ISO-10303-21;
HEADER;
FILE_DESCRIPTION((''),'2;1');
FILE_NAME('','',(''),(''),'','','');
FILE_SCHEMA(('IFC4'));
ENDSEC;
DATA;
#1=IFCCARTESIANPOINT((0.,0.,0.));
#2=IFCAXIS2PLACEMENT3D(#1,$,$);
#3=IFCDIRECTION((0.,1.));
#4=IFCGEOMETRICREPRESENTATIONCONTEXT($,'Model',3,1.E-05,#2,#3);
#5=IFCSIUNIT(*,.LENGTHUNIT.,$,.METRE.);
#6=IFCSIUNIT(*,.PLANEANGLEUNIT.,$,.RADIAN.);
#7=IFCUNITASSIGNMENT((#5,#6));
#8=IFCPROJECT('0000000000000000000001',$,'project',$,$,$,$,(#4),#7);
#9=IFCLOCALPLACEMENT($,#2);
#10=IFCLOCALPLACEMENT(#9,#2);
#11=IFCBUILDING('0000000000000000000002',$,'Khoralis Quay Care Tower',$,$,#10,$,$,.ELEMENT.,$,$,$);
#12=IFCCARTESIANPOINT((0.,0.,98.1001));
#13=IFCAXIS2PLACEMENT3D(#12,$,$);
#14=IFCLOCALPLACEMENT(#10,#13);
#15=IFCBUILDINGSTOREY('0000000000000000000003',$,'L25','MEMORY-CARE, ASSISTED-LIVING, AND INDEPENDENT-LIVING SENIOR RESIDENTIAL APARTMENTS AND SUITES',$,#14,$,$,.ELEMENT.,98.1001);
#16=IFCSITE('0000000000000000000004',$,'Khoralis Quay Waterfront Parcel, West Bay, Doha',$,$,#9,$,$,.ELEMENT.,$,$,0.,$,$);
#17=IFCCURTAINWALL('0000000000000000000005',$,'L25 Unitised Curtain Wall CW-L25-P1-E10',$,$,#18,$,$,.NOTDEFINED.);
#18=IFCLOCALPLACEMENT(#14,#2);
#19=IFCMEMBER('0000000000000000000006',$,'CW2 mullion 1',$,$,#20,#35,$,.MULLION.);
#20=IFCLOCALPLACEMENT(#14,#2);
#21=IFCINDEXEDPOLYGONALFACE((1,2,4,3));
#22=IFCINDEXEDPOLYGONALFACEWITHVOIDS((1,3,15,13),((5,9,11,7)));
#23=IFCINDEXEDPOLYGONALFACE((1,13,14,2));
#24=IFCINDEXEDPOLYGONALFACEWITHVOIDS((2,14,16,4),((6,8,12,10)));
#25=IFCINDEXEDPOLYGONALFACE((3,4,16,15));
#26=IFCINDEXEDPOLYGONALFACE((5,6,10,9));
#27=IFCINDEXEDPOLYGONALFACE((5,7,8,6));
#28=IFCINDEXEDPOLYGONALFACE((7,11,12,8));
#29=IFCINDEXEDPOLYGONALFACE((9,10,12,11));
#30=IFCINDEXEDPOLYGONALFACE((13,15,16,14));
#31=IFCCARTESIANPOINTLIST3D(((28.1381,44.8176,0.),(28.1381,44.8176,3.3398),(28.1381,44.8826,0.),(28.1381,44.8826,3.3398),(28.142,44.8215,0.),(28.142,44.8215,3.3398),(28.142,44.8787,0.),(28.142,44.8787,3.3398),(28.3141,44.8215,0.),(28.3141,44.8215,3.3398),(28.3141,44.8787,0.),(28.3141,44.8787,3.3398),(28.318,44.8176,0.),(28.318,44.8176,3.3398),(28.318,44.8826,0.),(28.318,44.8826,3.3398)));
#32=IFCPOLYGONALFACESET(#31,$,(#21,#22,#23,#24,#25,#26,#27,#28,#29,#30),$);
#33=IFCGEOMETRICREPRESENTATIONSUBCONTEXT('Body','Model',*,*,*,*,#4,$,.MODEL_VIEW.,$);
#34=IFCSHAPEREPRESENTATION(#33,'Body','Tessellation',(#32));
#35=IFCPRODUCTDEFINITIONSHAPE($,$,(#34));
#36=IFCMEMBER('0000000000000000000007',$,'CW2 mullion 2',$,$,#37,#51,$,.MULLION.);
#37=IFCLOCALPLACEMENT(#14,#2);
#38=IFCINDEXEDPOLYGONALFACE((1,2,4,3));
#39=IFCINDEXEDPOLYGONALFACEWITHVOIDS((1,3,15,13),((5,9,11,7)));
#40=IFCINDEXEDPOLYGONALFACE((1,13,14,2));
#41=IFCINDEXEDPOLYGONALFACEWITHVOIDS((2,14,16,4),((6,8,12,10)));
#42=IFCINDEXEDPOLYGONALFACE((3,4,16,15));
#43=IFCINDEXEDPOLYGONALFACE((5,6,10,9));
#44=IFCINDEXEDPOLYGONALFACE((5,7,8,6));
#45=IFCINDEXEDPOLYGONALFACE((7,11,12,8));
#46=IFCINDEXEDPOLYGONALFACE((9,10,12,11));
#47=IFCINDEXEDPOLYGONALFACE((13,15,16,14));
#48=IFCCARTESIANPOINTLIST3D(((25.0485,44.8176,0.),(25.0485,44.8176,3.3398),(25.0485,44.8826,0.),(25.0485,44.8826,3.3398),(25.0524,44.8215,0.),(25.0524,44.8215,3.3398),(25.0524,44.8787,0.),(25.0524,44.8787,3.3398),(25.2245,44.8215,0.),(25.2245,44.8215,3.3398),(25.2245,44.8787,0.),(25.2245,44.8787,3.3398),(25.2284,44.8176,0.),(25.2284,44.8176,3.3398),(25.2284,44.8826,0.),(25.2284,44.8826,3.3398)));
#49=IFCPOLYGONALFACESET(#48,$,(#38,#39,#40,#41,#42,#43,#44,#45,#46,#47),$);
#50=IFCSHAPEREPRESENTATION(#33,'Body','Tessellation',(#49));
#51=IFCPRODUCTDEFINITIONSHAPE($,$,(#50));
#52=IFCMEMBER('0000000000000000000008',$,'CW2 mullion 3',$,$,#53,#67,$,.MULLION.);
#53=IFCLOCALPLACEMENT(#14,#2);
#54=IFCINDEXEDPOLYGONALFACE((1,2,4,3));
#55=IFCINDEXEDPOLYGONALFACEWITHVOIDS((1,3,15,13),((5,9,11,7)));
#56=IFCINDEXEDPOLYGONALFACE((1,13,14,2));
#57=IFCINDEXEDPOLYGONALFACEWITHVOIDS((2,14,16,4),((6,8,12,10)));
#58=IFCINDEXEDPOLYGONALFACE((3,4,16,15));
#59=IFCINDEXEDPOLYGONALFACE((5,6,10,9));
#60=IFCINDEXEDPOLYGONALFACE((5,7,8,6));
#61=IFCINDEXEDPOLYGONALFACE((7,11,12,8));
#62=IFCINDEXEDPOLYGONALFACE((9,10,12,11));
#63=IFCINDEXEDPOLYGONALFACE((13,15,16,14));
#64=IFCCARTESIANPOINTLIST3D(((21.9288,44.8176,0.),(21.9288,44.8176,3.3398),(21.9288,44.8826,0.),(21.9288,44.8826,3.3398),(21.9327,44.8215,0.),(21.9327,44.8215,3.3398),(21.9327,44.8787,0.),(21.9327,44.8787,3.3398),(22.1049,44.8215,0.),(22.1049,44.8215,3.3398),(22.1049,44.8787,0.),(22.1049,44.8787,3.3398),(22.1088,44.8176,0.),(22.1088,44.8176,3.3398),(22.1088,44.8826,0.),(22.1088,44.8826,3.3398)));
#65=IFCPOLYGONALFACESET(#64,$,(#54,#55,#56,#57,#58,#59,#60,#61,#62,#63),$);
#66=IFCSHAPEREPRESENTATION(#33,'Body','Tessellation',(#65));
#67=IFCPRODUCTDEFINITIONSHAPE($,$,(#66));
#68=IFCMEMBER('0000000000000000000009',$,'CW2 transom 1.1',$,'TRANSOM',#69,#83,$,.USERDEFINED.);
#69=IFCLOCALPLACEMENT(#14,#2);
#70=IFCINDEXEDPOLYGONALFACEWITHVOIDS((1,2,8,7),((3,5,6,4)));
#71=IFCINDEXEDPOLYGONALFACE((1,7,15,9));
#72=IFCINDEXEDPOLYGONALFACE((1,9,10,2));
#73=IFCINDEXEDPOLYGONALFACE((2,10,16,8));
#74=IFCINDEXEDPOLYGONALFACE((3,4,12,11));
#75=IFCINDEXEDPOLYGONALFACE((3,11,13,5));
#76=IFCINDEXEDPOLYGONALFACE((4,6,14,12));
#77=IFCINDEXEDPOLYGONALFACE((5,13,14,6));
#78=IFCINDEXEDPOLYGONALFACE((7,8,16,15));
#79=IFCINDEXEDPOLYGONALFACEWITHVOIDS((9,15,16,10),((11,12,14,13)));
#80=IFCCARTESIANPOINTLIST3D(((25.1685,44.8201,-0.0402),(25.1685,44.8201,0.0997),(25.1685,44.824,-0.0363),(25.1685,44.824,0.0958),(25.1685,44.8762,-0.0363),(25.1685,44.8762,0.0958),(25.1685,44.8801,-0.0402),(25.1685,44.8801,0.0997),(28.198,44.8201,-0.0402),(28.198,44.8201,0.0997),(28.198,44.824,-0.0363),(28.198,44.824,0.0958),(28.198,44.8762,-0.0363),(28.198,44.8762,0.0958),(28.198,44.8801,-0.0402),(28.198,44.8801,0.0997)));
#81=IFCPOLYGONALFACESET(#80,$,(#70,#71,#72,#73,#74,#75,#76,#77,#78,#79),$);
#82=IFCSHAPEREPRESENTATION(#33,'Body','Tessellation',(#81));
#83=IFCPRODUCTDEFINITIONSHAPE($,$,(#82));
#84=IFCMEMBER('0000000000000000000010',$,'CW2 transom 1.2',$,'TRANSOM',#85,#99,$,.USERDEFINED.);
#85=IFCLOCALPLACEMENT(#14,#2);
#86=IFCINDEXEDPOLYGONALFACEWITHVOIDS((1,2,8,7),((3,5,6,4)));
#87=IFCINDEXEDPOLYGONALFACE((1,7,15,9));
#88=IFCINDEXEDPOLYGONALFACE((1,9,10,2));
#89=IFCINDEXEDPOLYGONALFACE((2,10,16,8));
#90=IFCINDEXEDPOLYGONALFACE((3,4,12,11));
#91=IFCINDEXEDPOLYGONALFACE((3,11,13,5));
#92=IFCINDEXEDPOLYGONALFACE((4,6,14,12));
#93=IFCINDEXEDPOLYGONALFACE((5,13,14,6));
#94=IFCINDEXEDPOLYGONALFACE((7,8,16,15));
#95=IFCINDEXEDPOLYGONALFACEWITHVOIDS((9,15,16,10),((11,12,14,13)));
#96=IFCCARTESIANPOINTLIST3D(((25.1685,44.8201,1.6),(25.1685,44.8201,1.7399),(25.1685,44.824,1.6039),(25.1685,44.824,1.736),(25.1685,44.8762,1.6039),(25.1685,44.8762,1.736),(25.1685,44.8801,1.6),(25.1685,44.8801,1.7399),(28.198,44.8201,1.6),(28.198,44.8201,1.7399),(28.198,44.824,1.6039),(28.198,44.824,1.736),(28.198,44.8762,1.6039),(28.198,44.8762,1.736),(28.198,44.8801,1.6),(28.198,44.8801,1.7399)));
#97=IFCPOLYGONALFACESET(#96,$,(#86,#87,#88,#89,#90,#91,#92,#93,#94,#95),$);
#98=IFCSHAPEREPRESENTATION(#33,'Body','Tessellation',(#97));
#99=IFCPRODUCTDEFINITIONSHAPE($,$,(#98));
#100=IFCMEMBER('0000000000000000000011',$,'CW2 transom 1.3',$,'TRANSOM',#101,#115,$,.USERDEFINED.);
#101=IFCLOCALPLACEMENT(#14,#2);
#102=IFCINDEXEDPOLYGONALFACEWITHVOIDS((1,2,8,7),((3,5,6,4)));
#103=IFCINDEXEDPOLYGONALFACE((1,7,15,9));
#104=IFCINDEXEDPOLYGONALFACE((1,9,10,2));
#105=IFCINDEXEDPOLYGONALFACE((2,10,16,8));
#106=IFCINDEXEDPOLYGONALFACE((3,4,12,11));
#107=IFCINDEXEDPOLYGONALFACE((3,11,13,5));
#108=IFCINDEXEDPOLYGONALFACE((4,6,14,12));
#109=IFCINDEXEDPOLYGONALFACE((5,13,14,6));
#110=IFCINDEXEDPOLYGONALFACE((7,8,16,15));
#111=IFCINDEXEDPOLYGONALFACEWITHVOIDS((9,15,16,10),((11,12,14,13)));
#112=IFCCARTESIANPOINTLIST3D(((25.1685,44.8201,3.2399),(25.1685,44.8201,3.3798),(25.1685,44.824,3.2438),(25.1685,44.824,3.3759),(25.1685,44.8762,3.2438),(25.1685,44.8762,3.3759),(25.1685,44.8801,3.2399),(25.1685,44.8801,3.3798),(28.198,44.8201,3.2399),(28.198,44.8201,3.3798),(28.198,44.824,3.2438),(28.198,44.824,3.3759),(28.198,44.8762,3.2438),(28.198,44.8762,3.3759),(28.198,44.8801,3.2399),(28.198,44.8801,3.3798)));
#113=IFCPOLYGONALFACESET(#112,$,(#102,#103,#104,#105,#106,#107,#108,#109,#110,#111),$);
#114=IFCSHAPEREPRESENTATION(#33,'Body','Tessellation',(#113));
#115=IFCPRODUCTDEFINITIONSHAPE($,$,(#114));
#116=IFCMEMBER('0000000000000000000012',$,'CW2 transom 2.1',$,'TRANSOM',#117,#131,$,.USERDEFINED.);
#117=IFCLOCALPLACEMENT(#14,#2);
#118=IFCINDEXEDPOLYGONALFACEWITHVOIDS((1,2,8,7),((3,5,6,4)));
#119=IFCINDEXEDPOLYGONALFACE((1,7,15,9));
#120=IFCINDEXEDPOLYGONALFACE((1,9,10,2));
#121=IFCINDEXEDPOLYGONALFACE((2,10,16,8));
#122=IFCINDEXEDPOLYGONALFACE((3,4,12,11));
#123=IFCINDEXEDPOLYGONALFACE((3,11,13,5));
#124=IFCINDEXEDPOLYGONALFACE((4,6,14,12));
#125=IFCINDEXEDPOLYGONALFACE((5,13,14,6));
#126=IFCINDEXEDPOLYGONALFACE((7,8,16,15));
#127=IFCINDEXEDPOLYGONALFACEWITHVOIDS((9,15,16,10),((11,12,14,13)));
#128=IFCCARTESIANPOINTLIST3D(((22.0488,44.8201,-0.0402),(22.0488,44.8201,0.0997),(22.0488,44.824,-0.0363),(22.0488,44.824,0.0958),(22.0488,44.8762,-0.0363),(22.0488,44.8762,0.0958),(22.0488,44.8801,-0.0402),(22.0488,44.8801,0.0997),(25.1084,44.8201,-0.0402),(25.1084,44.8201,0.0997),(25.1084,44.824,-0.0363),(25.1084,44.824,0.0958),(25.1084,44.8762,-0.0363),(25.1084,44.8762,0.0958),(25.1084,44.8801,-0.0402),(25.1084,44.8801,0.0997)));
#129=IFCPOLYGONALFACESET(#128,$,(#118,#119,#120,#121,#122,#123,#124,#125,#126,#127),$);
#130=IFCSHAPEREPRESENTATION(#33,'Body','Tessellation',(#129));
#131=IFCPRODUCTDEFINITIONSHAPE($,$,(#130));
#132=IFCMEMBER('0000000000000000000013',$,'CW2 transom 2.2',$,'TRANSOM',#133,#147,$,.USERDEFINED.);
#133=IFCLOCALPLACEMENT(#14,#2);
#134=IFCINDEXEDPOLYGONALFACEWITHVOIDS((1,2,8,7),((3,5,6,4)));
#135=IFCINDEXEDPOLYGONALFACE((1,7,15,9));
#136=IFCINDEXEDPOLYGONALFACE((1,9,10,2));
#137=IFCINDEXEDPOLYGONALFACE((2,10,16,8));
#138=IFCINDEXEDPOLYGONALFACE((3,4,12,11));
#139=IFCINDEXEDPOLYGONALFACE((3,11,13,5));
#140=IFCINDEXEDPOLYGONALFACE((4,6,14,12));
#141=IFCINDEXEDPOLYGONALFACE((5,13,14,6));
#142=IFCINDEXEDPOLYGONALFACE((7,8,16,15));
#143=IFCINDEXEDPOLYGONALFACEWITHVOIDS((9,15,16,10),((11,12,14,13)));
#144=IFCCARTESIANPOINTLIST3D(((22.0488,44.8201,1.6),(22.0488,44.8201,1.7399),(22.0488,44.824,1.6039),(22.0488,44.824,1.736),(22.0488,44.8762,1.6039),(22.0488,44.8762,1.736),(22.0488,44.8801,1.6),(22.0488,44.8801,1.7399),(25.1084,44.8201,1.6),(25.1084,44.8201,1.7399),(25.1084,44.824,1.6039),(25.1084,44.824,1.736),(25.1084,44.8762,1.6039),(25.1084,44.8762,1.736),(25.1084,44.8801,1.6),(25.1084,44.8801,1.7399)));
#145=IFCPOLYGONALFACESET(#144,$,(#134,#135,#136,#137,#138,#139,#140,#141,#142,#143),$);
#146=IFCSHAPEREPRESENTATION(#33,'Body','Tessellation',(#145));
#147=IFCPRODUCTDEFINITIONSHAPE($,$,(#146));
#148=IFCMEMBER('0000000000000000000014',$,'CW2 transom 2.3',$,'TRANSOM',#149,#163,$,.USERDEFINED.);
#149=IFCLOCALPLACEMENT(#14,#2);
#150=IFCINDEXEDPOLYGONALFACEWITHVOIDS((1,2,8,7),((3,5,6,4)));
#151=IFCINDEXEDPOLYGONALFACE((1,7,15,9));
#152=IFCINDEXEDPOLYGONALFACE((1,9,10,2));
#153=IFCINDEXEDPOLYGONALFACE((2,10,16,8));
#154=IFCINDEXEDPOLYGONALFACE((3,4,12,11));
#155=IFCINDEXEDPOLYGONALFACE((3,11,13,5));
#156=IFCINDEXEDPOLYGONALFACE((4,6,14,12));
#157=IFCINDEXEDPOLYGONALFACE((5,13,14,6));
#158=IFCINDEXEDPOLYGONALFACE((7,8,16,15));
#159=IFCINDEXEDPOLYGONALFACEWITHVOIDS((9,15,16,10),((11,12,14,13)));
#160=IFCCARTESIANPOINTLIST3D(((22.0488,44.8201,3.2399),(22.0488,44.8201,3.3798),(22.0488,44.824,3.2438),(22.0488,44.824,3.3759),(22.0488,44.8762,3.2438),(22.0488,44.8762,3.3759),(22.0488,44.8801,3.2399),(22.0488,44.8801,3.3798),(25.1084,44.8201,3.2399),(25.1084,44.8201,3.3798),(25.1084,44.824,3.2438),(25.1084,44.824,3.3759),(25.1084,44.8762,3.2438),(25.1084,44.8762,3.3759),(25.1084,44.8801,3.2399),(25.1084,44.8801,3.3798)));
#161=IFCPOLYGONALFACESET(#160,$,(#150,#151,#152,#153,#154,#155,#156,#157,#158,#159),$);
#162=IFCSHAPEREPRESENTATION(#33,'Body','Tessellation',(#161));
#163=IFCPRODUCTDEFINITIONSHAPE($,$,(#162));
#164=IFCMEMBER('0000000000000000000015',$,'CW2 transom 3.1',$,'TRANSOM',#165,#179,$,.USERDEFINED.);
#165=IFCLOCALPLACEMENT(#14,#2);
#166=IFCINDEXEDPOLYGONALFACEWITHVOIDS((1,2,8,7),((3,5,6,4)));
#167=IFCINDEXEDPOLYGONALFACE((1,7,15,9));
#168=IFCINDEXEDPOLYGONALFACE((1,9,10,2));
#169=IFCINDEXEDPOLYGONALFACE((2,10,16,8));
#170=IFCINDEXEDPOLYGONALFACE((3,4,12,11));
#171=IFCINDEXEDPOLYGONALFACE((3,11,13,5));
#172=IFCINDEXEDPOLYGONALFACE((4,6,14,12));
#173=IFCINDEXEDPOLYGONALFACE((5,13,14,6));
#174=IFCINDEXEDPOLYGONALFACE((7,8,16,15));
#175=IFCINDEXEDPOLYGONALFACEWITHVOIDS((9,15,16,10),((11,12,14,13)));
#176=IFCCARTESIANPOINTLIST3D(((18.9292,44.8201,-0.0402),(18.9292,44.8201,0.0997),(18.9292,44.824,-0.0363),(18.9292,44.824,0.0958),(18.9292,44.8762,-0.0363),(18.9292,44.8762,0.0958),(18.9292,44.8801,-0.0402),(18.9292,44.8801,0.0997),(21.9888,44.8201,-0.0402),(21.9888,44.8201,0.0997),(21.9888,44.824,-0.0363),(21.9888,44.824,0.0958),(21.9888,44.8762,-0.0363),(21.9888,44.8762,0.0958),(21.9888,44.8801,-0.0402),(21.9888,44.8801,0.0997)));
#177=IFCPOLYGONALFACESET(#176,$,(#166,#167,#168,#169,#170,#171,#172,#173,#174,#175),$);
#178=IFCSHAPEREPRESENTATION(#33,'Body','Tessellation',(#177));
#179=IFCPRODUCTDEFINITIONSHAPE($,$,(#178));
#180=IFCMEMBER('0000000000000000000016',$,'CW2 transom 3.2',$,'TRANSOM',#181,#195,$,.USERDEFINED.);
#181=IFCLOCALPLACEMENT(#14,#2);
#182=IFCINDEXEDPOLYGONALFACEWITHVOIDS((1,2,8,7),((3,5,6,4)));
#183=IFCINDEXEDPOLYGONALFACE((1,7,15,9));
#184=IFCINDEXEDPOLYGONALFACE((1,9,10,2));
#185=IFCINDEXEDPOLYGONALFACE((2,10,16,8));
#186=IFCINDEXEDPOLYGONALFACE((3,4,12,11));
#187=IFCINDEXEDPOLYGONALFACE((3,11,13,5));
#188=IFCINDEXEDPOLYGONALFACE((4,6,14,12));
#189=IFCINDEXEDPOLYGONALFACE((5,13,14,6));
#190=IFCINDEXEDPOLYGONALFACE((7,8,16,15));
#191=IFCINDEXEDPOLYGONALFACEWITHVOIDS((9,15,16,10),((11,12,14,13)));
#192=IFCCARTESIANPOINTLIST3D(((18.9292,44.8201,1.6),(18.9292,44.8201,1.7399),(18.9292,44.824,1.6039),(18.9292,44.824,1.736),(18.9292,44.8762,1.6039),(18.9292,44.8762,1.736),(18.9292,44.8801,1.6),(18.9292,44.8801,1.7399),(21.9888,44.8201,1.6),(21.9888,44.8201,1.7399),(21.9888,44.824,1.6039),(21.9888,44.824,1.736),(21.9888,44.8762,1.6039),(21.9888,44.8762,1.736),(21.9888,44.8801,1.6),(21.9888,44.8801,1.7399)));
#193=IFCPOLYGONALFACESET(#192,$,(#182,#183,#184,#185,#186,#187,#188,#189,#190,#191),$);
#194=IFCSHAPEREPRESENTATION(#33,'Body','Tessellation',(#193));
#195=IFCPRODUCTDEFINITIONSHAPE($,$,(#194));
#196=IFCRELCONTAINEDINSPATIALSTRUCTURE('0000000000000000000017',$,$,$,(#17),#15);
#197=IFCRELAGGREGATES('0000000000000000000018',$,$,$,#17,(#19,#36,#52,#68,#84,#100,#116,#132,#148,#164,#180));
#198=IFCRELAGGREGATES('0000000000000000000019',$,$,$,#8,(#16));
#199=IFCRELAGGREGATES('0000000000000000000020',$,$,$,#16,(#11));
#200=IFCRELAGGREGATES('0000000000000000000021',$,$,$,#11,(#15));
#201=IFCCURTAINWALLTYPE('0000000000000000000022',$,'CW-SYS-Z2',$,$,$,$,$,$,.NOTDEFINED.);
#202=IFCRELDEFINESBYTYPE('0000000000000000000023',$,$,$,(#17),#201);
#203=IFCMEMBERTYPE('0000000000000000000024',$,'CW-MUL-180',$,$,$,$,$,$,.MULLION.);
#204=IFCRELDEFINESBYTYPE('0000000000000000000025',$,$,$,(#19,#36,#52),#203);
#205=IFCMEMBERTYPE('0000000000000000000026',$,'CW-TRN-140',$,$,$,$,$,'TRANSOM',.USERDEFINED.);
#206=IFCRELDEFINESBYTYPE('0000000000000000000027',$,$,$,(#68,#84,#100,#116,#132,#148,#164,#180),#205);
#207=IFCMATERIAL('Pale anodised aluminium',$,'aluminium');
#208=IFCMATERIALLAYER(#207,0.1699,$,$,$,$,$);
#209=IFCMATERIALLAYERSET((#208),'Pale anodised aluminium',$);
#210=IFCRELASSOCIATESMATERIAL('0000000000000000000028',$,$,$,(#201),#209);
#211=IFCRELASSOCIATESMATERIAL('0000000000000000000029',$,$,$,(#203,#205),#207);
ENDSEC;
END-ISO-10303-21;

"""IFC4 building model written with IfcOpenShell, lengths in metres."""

from ifc_helpers import new_model, si_unit, direction, frame, origin, origin_2d, place, context, subcontext, project, spatial, hollow_rectangle, extrude, source, transform, mapped, material, layer, layer_set, material_profile, profile_set, type_object, element, aggregate, save


model = new_model("IFC4")

# Units and contexts
model_context = context("Model", 3, precision=1e-05, world=origin(), true_north=direction((0.0, 1.0)))
body_context = subcontext(model_context, "Body", "Model", "MODEL_VIEW")
ifc_project = project(units=[si_unit("LENGTHUNIT", "METRE"), si_unit("PLANEANGLEUNIT", "RADIAN")], contexts=[model_context])

# Site, building, storey
site_placement = place(None, origin())
site = spatial("IfcSite", under=ifc_project, at=site_placement, Name="Khoralis Quay Waterfront Parcel, West Bay, Doha", CompositionType="ELEMENT", RefElevation=0.0)
building_placement = place(site_placement, origin())
building = spatial("IfcBuilding", under=site, at=building_placement, Name="Khoralis Quay Care Tower", CompositionType="ELEMENT")
storey_placement = place(building_placement, frame((0.0, 0.0, 98.1001)))
storey = spatial("IfcBuildingStorey", under=building, at=storey_placement, Name="L25", Description="MEMORY-CARE, ASSISTED-LIVING, AND INDEPENDENT-LIVING SENIOR RESIDENTIAL APARTMENTS AND SUITES", CompositionType="ELEMENT", Elevation=98.1001)

# Curtain wall, members
ifc_material_1 = material(Name="Pale anodised aluminium", Category="aluminium")
ifc_layer_1 = layer(ifc_material_1, 0.1699)
ifc_layer_set_1 = layer_set([ifc_layer_1], Name="Pale anodised aluminium")
curtain_wall_type = type_object("IfcCurtainWallType", Name="CW-SYS-Z2", PredefinedType="NOTDEFINED", material=ifc_layer_set_1)
curtain_wall_placement = place(storey_placement, origin())
curtain_wall = element("IfcCurtainWall", 1, at=curtain_wall_placement, inside=storey, type_object=curtain_wall_type, Name="L25 Unitised Curtain Wall CW-L25-P1-E10", PredefinedType="NOTDEFINED")
ifc_material_profile_1 = material_profile(ifc_material_1, hollow_rectangle(XDim=0.0649, YDim=0.1799, WallThickness=0.0039, at=origin_2d()), Name="Pale anodised aluminium")
ifc_profile_set_1 = profile_set([ifc_material_profile_1], Name="Pale anodised aluminium")
member_type_1 = type_object("IfcMemberType", Name="CW-MUL-180", PredefinedType="MULLION", material=ifc_profile_set_1)
shared_shape_1 = source(origin(), body_context, "Body", "SweptSolid", [
    extrude(hollow_rectangle(XDim=0.0649, YDim=0.1799, WallThickness=0.0039, at=origin_2d()), origin(), (0.0, 0.0, 1.0), 3.3398),
])
member_1_placement = place(storey_placement, frame((28.228, 44.8501, 0.0), z_axis=(0.0, 0.0, 1.0), x_axis=(0.0, -1.0, 0.0)))
member_1 = element("IfcMember", 2, at=member_1_placement, type_object=member_type_1, Name="CW2 mullion 1", PredefinedType="MULLION", context=body_context, shape_type="MappedRepresentation", body=[
    mapped(shared_shape_1, transform((0.0, 0.0, 0.0), scale=1.0)),
])
member_2_placement = place(storey_placement, frame((25.1384, 44.8501, 0.0), z_axis=(0.0, 0.0, 1.0), x_axis=(0.0, -1.0, 0.0)))
member_2 = element("IfcMember", 3, at=member_2_placement, type_object=member_type_1, Name="CW2 mullion 2", PredefinedType="MULLION", context=body_context, shape_type="MappedRepresentation", body=[
    mapped(shared_shape_1, transform((0.0, 0.0, 0.0), scale=1.0)),
])
member_3_placement = place(storey_placement, frame((22.0188, 44.8501, 0.0), z_axis=(0.0, 0.0, 1.0), x_axis=(0.0, -1.0, 0.0)))
member_3 = element("IfcMember", 4, at=member_3_placement, type_object=member_type_1, Name="CW2 mullion 3", PredefinedType="MULLION", context=body_context, shape_type="MappedRepresentation", body=[
    mapped(shared_shape_1, transform((0.0, 0.0, 0.0), scale=1.0)),
])
ifc_material_profile_2 = material_profile(ifc_material_1, hollow_rectangle(XDim=0.0601, YDim=0.1399, WallThickness=0.0039, at=origin_2d()), Name="Pale anodised aluminium")
ifc_profile_set_2 = profile_set([ifc_material_profile_2], Name="Pale anodised aluminium")
member_type_2 = type_object("IfcMemberType", Name="CW-TRN-140", ElementType="TRANSOM", PredefinedType="USERDEFINED", material=ifc_profile_set_2)
shared_shape_2 = source(origin(), body_context, "Body", "SweptSolid", [
    extrude(hollow_rectangle(XDim=0.0601, YDim=0.1399, WallThickness=0.0039, at=origin_2d()), origin(), (0.0, 0.0, 1.0), 3.0295),
])
member_4_placement = place(storey_placement, frame((28.198, 44.8501, 0.0298), z_axis=(-1.0, 0.0, 0.0), x_axis=(0.0, -1.0, 0.0)))
member_4 = element("IfcMember", 5, at=member_4_placement, type_object=member_type_2, Name="CW2 transom 1.1", ObjectType="TRANSOM", PredefinedType="USERDEFINED", context=body_context, shape_type="MappedRepresentation", body=[
    mapped(shared_shape_2, transform((0.0, 0.0, 0.0), scale=1.0)),
])
member_5_placement = place(storey_placement, frame((28.198, 44.8501, 1.6699), z_axis=(-1.0, 0.0, 0.0), x_axis=(0.0, -1.0, 0.0)))
member_5 = element("IfcMember", 6, at=member_5_placement, type_object=member_type_2, Name="CW2 transom 1.2", ObjectType="TRANSOM", PredefinedType="USERDEFINED", context=body_context, shape_type="MappedRepresentation", body=[
    mapped(shared_shape_2, transform((0.0, 0.0, 0.0), scale=1.0)),
])
member_6_placement = place(storey_placement, frame((28.198, 44.8501, 3.3098), z_axis=(-1.0, 0.0, 0.0), x_axis=(0.0, -1.0, 0.0)))
member_6 = element("IfcMember", 7, at=member_6_placement, type_object=member_type_2, Name="CW2 transom 1.3", ObjectType="TRANSOM", PredefinedType="USERDEFINED", context=body_context, shape_type="MappedRepresentation", body=[
    mapped(shared_shape_2, transform((0.0, 0.0, 0.0), scale=1.0)),
])
shared_shape_3 = source(origin(), body_context, "Body", "SweptSolid", [
    extrude(hollow_rectangle(XDim=0.0601, YDim=0.1399, WallThickness=0.0039, at=origin_2d()), origin(), (0.0, 0.0, 1.0), 3.0596),
])
member_7_placement = place(storey_placement, frame((25.1084, 44.8501, 0.0298), z_axis=(-1.0, 0.0, 0.0), x_axis=(0.0, -1.0, 0.0)))
member_7 = element("IfcMember", 8, at=member_7_placement, type_object=member_type_2, Name="CW2 transom 2.1", ObjectType="TRANSOM", PredefinedType="USERDEFINED", context=body_context, shape_type="MappedRepresentation", body=[
    mapped(shared_shape_3, transform((0.0, 0.0, 0.0), scale=1.0)),
])
member_8_placement = place(storey_placement, frame((25.1084, 44.8501, 1.6699), z_axis=(-1.0, 0.0, 0.0), x_axis=(0.0, -1.0, 0.0)))
member_8 = element("IfcMember", 9, at=member_8_placement, type_object=member_type_2, Name="CW2 transom 2.2", ObjectType="TRANSOM", PredefinedType="USERDEFINED", context=body_context, shape_type="MappedRepresentation", body=[
    mapped(shared_shape_3, transform((0.0, 0.0, 0.0), scale=1.0)),
])
member_9_placement = place(storey_placement, frame((25.1084, 44.8501, 3.3098), z_axis=(-1.0, 0.0, 0.0), x_axis=(0.0, -1.0, 0.0)))
member_9 = element("IfcMember", 10, at=member_9_placement, type_object=member_type_2, Name="CW2 transom 2.3", ObjectType="TRANSOM", PredefinedType="USERDEFINED", context=body_context, shape_type="MappedRepresentation", body=[
    mapped(shared_shape_3, transform((0.0, 0.0, 0.0), scale=1.0)),
])
member_10_placement = place(storey_placement, frame((21.9888, 44.8501, 0.0298), z_axis=(-1.0, 0.0, 0.0), x_axis=(0.0, -1.0, 0.0)))
member_10 = element("IfcMember", 11, at=member_10_placement, type_object=member_type_2, Name="CW2 transom 3.1", ObjectType="TRANSOM", PredefinedType="USERDEFINED", context=body_context, shape_type="MappedRepresentation", body=[
    mapped(shared_shape_3, transform((0.0, 0.0, 0.0), scale=1.0)),
])
member_11_placement = place(storey_placement, frame((21.9888, 44.8501, 1.6699), z_axis=(-1.0, 0.0, 0.0), x_axis=(0.0, -1.0, 0.0)))
member_11 = element("IfcMember", 12, at=member_11_placement, type_object=member_type_2, Name="CW2 transom 3.2", ObjectType="TRANSOM", PredefinedType="USERDEFINED", context=body_context, shape_type="MappedRepresentation", body=[
    mapped(shared_shape_3, transform((0.0, 0.0, 0.0), scale=1.0)),
])
aggregate(curtain_wall, [member_1, member_2, member_3, member_4, member_5, member_6, member_7, member_8, member_9, member_10, member_11])

save(model, "model.ifc")
